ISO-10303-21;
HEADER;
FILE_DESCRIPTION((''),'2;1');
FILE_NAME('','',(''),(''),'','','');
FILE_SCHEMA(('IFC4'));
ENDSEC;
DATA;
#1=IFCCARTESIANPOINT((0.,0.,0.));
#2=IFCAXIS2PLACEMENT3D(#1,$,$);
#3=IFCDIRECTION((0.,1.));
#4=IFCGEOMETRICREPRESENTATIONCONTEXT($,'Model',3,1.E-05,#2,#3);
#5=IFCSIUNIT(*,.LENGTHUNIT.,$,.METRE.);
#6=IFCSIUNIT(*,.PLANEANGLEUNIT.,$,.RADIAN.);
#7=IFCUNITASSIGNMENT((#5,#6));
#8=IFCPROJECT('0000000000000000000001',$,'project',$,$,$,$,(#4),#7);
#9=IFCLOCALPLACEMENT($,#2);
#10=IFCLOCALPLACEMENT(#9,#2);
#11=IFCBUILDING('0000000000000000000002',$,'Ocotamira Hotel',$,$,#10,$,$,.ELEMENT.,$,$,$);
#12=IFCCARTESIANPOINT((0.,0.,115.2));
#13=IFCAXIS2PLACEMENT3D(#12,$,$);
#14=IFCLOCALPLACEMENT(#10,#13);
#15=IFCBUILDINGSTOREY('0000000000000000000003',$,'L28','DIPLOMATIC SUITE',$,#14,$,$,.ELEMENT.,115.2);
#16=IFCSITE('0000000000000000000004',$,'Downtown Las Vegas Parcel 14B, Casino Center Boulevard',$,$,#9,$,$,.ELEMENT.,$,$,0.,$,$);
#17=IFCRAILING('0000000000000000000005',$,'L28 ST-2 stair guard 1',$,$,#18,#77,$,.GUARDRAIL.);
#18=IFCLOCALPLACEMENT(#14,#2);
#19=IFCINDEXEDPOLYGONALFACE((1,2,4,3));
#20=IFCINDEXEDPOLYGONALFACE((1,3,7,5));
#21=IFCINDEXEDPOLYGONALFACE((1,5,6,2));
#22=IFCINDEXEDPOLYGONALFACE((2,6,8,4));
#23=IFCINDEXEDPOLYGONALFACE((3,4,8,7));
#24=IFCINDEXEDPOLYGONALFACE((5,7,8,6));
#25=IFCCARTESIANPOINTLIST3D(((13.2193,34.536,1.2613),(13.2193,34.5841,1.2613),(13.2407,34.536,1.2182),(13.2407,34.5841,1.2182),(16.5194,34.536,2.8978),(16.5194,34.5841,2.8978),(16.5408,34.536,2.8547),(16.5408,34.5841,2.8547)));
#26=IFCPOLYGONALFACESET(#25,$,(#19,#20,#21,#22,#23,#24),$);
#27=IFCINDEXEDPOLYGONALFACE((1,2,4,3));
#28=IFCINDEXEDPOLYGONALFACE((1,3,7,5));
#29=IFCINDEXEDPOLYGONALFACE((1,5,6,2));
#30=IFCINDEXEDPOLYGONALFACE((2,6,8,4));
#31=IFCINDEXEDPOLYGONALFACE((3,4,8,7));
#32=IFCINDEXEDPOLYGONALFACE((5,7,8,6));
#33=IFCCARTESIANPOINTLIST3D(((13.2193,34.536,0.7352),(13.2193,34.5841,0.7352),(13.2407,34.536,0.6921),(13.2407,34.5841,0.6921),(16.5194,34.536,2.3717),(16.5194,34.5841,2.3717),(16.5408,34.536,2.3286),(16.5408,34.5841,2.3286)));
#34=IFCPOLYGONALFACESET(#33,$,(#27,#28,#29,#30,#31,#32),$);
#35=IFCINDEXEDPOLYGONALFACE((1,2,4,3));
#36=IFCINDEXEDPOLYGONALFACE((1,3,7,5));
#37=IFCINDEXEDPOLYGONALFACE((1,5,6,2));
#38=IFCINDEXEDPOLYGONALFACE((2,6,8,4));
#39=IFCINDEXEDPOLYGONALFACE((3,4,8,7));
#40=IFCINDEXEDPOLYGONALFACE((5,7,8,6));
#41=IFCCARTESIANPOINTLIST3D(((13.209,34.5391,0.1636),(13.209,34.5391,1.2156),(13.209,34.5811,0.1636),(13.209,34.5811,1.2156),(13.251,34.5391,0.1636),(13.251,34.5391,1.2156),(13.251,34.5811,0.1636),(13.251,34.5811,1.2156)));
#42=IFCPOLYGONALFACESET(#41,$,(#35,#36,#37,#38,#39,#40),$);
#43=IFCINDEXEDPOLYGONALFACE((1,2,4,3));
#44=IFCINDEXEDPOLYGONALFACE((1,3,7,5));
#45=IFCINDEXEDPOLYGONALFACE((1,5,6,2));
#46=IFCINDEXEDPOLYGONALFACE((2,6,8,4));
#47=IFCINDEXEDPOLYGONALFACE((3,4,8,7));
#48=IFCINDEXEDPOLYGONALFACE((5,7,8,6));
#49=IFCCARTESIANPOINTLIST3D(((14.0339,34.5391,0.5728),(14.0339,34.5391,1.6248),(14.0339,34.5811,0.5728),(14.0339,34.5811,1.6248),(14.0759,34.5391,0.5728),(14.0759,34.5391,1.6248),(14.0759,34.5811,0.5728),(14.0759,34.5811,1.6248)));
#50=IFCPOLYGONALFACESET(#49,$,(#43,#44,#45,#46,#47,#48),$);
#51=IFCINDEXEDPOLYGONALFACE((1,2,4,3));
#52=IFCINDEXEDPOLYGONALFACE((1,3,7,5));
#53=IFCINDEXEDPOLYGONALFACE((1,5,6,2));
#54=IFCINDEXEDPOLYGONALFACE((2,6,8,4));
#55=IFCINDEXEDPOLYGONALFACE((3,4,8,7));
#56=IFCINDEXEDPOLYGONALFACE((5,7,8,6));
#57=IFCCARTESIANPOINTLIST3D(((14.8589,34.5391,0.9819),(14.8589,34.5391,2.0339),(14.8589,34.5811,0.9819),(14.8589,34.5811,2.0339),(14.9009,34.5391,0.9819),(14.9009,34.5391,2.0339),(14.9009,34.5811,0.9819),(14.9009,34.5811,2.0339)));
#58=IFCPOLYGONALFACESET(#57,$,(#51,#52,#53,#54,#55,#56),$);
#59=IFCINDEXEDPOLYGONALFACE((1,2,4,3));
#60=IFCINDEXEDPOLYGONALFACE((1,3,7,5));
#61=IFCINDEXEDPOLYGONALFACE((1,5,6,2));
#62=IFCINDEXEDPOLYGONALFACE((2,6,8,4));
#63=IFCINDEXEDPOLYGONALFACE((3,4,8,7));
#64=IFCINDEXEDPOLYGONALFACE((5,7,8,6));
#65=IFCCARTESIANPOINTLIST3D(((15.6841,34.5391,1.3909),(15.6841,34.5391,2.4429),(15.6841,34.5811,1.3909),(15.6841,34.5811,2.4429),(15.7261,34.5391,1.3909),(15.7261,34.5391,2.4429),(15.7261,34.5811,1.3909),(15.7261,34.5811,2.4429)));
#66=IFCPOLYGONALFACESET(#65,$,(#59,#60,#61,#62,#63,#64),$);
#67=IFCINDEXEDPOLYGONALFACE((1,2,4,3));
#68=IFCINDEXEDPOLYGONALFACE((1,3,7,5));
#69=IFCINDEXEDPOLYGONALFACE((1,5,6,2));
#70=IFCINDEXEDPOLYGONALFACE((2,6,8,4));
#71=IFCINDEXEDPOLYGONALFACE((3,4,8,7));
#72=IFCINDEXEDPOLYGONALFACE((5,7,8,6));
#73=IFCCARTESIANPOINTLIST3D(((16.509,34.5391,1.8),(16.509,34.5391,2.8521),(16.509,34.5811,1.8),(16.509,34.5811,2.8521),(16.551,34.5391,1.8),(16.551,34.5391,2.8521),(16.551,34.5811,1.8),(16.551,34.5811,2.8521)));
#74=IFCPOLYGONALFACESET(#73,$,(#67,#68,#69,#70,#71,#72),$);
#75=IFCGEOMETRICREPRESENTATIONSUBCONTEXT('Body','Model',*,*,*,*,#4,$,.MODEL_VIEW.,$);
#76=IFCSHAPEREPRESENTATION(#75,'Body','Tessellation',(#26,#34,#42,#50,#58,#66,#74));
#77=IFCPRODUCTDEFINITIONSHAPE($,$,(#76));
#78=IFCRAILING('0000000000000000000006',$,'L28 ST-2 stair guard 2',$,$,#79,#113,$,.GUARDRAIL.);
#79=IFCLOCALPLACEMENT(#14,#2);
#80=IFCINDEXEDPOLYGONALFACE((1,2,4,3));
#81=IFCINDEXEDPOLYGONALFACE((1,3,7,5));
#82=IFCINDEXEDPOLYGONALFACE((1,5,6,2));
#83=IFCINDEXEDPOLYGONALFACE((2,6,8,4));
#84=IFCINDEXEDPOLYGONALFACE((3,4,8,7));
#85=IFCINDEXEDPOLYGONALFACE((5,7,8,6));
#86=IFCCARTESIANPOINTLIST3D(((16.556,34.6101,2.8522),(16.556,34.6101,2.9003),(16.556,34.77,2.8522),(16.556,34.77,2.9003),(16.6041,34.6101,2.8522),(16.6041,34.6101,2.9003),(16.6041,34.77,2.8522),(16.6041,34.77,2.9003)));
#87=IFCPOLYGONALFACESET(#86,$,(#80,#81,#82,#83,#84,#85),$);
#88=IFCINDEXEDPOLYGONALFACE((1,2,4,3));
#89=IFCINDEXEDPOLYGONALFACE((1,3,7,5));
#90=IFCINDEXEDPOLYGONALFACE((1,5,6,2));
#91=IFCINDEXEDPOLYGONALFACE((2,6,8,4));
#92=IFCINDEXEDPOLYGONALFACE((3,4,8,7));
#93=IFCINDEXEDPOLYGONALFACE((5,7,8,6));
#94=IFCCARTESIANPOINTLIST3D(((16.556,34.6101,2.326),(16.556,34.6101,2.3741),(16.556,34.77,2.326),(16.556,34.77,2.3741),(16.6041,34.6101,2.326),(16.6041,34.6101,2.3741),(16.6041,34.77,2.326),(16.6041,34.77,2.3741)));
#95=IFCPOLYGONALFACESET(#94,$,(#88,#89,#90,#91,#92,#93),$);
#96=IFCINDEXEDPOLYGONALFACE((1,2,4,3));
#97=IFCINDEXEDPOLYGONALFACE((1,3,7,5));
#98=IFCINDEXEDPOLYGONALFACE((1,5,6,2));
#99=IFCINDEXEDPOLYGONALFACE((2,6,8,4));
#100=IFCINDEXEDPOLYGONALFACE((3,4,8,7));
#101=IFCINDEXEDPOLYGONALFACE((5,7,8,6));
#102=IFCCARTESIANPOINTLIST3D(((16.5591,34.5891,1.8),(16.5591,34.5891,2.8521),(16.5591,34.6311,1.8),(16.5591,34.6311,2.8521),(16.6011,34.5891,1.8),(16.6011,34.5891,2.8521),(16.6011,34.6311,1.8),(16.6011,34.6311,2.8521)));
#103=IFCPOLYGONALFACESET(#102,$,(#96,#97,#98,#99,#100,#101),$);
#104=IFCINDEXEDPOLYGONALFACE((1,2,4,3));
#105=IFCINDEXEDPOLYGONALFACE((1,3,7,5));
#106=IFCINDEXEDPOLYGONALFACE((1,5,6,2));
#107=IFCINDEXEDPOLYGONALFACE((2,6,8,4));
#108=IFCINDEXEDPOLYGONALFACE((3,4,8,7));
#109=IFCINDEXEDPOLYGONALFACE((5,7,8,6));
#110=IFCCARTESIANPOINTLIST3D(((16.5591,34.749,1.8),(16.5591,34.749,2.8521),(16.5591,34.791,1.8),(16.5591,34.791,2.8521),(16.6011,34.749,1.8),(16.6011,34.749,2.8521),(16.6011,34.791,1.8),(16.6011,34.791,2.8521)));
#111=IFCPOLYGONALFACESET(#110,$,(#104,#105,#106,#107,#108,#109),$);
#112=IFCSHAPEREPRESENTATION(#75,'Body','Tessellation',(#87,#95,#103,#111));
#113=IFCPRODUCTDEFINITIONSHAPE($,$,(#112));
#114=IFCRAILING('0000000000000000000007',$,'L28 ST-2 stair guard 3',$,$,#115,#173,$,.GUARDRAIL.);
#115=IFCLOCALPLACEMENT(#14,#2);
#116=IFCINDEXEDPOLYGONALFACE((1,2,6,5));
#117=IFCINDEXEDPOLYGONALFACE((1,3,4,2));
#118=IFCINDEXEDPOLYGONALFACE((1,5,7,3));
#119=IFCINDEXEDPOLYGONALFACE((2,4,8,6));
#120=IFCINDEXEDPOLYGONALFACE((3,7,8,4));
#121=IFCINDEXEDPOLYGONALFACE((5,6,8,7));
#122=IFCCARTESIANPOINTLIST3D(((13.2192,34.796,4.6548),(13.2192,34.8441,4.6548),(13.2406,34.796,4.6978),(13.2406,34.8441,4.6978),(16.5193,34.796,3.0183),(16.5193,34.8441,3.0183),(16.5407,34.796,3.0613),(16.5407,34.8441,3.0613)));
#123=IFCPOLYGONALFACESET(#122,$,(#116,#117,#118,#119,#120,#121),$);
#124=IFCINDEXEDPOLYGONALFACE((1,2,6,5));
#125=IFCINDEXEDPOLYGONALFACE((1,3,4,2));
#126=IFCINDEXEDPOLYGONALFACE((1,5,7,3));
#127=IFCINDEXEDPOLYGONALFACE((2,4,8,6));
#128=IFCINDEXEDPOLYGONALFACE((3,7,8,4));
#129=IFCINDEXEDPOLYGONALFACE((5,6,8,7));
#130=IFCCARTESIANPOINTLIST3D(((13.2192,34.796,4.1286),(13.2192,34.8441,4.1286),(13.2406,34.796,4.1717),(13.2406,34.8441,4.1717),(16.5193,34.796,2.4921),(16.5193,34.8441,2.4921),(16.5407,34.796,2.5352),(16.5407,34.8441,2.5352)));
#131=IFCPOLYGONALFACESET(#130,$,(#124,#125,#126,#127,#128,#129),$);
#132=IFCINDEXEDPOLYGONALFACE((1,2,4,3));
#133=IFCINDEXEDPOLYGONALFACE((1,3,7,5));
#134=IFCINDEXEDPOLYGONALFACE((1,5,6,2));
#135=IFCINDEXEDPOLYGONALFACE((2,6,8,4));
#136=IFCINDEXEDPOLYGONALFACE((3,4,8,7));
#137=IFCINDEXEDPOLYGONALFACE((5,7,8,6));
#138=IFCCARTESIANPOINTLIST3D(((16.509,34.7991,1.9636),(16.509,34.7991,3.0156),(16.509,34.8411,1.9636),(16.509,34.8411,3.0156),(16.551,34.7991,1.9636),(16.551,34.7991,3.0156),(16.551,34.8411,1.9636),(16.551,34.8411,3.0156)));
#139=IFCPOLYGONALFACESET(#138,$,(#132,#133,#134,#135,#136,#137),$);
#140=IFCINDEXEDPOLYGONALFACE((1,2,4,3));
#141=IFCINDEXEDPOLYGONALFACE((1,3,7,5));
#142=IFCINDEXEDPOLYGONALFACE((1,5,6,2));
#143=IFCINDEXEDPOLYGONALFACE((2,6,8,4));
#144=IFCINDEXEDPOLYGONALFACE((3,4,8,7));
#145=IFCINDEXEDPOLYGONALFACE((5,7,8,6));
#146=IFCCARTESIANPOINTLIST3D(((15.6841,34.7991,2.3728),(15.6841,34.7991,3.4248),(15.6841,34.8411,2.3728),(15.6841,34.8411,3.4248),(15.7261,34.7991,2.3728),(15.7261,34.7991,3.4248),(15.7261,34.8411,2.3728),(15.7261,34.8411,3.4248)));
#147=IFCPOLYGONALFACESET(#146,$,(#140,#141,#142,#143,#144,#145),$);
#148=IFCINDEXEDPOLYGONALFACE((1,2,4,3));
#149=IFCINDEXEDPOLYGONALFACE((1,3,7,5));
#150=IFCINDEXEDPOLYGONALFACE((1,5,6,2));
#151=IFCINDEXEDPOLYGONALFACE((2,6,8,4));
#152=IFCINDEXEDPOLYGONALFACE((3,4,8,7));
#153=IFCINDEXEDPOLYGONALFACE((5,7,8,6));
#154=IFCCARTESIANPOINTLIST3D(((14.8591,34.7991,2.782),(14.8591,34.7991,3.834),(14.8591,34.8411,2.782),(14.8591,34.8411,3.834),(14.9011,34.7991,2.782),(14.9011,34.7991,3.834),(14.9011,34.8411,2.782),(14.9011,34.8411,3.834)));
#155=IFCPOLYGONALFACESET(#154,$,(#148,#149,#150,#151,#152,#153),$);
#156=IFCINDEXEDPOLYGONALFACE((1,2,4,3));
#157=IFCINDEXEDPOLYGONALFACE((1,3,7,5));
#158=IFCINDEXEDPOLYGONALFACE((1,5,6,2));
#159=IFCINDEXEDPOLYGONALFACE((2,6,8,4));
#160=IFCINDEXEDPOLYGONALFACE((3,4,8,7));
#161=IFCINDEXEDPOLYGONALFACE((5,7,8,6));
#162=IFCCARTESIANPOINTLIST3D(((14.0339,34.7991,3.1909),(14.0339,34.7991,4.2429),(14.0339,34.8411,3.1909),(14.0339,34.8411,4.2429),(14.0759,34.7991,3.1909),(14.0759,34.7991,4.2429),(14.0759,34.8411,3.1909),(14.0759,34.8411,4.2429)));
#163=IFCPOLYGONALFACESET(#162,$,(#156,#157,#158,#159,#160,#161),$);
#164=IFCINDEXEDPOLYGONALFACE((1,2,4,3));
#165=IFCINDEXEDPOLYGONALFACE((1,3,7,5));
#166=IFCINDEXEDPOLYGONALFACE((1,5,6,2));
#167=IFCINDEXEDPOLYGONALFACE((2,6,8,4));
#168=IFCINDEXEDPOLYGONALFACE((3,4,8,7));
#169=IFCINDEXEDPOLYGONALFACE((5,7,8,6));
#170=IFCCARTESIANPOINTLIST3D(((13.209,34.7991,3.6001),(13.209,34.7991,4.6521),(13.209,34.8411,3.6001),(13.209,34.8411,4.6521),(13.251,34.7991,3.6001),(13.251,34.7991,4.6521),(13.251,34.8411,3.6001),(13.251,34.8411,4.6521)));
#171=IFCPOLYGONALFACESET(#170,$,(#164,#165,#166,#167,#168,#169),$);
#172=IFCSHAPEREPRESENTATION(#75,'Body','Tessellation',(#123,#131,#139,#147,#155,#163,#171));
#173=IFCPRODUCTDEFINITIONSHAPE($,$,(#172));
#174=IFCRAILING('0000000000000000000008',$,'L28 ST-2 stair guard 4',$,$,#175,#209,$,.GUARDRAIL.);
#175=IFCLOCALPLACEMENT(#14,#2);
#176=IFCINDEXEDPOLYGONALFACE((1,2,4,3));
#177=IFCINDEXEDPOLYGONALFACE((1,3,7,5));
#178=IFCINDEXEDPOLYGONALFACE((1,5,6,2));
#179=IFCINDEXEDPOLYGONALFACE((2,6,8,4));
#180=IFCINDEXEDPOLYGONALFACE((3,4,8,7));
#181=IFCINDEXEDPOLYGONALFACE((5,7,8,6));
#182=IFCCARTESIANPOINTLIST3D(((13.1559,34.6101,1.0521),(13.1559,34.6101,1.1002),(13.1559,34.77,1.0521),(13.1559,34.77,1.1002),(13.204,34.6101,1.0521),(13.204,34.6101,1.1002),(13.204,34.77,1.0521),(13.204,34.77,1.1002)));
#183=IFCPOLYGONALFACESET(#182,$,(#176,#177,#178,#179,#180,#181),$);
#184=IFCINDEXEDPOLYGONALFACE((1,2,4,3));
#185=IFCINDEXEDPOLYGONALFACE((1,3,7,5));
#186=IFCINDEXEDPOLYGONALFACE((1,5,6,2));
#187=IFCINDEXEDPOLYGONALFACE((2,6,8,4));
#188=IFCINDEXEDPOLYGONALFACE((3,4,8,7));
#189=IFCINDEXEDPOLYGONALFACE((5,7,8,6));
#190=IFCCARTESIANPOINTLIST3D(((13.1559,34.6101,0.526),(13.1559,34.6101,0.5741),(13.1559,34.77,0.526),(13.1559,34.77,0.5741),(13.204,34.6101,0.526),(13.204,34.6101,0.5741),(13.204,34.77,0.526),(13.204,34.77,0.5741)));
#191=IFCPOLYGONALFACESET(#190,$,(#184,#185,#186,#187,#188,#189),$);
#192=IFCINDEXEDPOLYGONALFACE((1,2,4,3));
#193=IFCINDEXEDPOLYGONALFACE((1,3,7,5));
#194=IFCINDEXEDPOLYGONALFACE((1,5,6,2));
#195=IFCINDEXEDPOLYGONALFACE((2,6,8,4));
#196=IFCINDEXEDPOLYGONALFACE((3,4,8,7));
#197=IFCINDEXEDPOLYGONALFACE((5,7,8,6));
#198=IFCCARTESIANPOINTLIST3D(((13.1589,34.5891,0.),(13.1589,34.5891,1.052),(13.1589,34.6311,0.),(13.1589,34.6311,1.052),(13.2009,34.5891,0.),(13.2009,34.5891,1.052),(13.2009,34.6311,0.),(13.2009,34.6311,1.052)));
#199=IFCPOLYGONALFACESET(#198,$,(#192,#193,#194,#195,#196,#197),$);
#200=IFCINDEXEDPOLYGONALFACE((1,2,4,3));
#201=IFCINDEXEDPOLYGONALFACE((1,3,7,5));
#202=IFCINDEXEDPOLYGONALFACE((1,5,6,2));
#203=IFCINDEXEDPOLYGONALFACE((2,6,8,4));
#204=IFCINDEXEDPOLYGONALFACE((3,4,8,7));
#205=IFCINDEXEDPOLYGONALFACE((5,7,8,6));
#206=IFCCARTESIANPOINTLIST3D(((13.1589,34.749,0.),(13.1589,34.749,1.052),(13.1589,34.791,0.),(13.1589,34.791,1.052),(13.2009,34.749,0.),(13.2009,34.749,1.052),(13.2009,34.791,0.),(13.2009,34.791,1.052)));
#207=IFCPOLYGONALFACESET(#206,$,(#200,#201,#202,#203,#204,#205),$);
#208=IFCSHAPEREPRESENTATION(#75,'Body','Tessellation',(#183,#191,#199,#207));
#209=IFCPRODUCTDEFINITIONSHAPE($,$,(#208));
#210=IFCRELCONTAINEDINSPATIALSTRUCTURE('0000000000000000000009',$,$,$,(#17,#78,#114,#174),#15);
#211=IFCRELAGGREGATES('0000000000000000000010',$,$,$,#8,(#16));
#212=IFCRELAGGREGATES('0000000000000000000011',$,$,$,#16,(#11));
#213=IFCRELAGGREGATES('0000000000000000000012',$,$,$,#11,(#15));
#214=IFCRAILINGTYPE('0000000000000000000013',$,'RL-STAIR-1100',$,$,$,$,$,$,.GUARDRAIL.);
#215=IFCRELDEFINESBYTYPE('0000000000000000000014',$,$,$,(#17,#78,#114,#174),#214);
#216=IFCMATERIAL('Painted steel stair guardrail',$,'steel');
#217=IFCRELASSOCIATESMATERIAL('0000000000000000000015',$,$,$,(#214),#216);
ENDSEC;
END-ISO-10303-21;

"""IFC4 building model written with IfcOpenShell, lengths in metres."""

from ifc_helpers import new_model, si_unit, direction, frame, origin, origin_2d, place, context, subcontext, project, spatial, rectangle, extrude, material, type_object, element, save


model = new_model("IFC4")

# Units and contexts
model_context = context("Model", 3, precision=1e-05, world=origin(), true_north=direction((0.0, 1.0)))
body_context = subcontext(model_context, "Body", "Model", "MODEL_VIEW")
ifc_project = project(units=[si_unit("LENGTHUNIT", "METRE"), si_unit("PLANEANGLEUNIT", "RADIAN")], contexts=[model_context])

# Site, building, storey
site_placement = place(None, origin())
site = spatial("IfcSite", under=ifc_project, at=site_placement, Name="Downtown Las Vegas Parcel 14B, Casino Center Boulevard", CompositionType="ELEMENT", RefElevation=0.0)
building_placement = place(site_placement, origin())
building = spatial("IfcBuilding", under=site, at=building_placement, Name="Ocotamira Hotel", CompositionType="ELEMENT")
storey_placement = place(building_placement, frame((0.0, 0.0, 115.2)))
storey = spatial("IfcBuildingStorey", under=building, at=storey_placement, Name="L28", Description="DIPLOMATIC SUITE", CompositionType="ELEMENT", Elevation=115.2)

# Railings
ifc_material_1 = material(Name="Painted steel stair guardrail", Category="steel")
railing_type_1 = type_object("IfcRailingType", Name="RL-STAIR-1100", PredefinedType="GUARDRAIL", material=ifc_material_1)
railing_1_placement = place(storey_placement, frame((13.23, 34.5601, 0.1636)))
element("IfcRailing", 1, at=railing_1_placement, inside=storey, type_object=railing_type_1, Name="L28 ST-2 stair guard 1", PredefinedType="GUARDRAIL", context=body_context, shape_type="SweptSolid", body=[
    extrude(rectangle(XDim=0.0481, YDim=0.0481, at=origin_2d()), frame((0.0, 0.0, 1.0762), z_axis=(0.895894, 0.0, 0.444268), x_axis=(0.0, 1.0, 0.0)), (0.0, 0.0, 1.0), 3.6836),
    extrude(rectangle(XDim=0.0481, YDim=0.0481, at=origin_2d()), frame((0.0, 0.0, 0.55), z_axis=(0.895894, 0.0, 0.444268), x_axis=(0.0, 1.0, 0.0)), (0.0, 0.0, 1.0), 3.6836),
    extrude(rectangle(XDim=0.042, YDim=0.042, at=origin_2d()), origin(), (0.0, 0.0, 1.0), 1.052),
    extrude(rectangle(XDim=0.042, YDim=0.042, at=origin_2d()), frame((0.825, 0.0, 0.4092)), (0.0, 0.0, 1.0), 1.052),
    extrude(rectangle(XDim=0.042, YDim=0.042, at=origin_2d()), frame((1.6499, 0.0, 0.8184)), (0.0, 0.0, 1.0), 1.052),
    extrude(rectangle(XDim=0.042, YDim=0.042, at=origin_2d()), frame((2.4751, 0.0, 1.2273)), (0.0, 0.0, 1.0), 1.052),
    extrude(rectangle(XDim=0.042, YDim=0.042, at=origin_2d()), frame((3.3, 0.0, 1.6365)), (0.0, 0.0, 1.0), 1.052),
])
railing_2_placement = place(storey_placement, frame((16.5801, 34.6101, 1.8)))
element("IfcRailing", 2, at=railing_2_placement, inside=storey, type_object=railing_type_1, Name="L28 ST-2 stair guard 2", PredefinedType="GUARDRAIL", context=body_context, shape_type="SweptSolid", body=[
    extrude(rectangle(XDim=0.0481, YDim=0.0481, at=origin_2d()), frame((0.0, 0.0, 1.0762), z_axis=(0.0, 1.0, 0.0), x_axis=(-1.0, 0.0, 0.0)), (0.0, 0.0, 1.0), 0.1599),
    extrude(rectangle(XDim=0.0481, YDim=0.0481, at=origin_2d()), frame((0.0, 0.0, 0.55), z_axis=(0.0, 1.0, 0.0), x_axis=(-1.0, 0.0, 0.0)), (0.0, 0.0, 1.0), 0.1599),
    extrude(rectangle(XDim=0.042, YDim=0.042, at=origin_2d()), origin(), (0.0, 0.0, 1.0), 1.052),
    extrude(rectangle(XDim=0.042, YDim=0.042, at=origin_2d()), frame((0.0, 0.1599, 0.0)), (0.0, 0.0, 1.0), 1.052),
])
railing_3_placement = place(storey_placement, frame((16.53, 34.8201, 1.9636)))
element("IfcRailing", 3, at=railing_3_placement, inside=storey, type_object=railing_type_1, Name="L28 ST-2 stair guard 3", PredefinedType="GUARDRAIL", context=body_context, shape_type="SweptSolid", body=[
    extrude(rectangle(XDim=0.0481, YDim=0.0481, at=origin_2d()), frame((0.0, 0.0, 1.0762), z_axis=(-0.895894, 0.0, 0.444268), x_axis=(0.0, -1.0, 0.0)), (0.0, 0.0, 1.0), 3.6836),
    extrude(rectangle(XDim=0.0481, YDim=0.0481, at=origin_2d()), frame((0.0, 0.0, 0.55), z_axis=(-0.895894, 0.0, 0.444268), x_axis=(0.0, -1.0, 0.0)), (0.0, 0.0, 1.0), 3.6836),
    extrude(rectangle(XDim=0.042, YDim=0.042, at=origin_2d()), origin(), (0.0, 0.0, 1.0), 1.052),
    extrude(rectangle(XDim=0.042, YDim=0.042, at=origin_2d()), frame((-0.825, 0.0, 0.4092)), (0.0, 0.0, 1.0), 1.052),
    extrude(rectangle(XDim=0.042, YDim=0.042, at=origin_2d()), frame((-1.6499, 0.0, 0.8184)), (0.0, 0.0, 1.0), 1.052),
    extrude(rectangle(XDim=0.042, YDim=0.042, at=origin_2d()), frame((-2.4751, 0.0, 1.2273)), (0.0, 0.0, 1.0), 1.052),
    extrude(rectangle(XDim=0.042, YDim=0.042, at=origin_2d()), frame((-3.3, 0.0, 1.6365)), (0.0, 0.0, 1.0), 1.052),
])
railing_4_placement = place(storey_placement, frame((13.1799, 34.6101, 0.0)))
element("IfcRailing", 4, at=railing_4_placement, inside=storey, type_object=railing_type_1, Name="L28 ST-2 stair guard 4", PredefinedType="GUARDRAIL", context=body_context, shape_type="SweptSolid", body=[
    extrude(rectangle(XDim=0.0481, YDim=0.0481, at=origin_2d()), frame((0.0, 0.0, 1.0762), z_axis=(0.0, 1.0, 0.0), x_axis=(-1.0, 0.0, 0.0)), (0.0, 0.0, 1.0), 0.1599),
    extrude(rectangle(XDim=0.0481, YDim=0.0481, at=origin_2d()), frame((0.0, 0.0, 0.55), z_axis=(0.0, 1.0, 0.0), x_axis=(-1.0, 0.0, 0.0)), (0.0, 0.0, 1.0), 0.1599),
    extrude(rectangle(XDim=0.042, YDim=0.042, at=origin_2d()), origin(), (0.0, 0.0, 1.0), 1.052),
    extrude(rectangle(XDim=0.042, YDim=0.042, at=origin_2d()), frame((0.0, 0.1599, 0.0)), (0.0, 0.0, 1.0), 1.052),
])

save(model, "model.ifc")
